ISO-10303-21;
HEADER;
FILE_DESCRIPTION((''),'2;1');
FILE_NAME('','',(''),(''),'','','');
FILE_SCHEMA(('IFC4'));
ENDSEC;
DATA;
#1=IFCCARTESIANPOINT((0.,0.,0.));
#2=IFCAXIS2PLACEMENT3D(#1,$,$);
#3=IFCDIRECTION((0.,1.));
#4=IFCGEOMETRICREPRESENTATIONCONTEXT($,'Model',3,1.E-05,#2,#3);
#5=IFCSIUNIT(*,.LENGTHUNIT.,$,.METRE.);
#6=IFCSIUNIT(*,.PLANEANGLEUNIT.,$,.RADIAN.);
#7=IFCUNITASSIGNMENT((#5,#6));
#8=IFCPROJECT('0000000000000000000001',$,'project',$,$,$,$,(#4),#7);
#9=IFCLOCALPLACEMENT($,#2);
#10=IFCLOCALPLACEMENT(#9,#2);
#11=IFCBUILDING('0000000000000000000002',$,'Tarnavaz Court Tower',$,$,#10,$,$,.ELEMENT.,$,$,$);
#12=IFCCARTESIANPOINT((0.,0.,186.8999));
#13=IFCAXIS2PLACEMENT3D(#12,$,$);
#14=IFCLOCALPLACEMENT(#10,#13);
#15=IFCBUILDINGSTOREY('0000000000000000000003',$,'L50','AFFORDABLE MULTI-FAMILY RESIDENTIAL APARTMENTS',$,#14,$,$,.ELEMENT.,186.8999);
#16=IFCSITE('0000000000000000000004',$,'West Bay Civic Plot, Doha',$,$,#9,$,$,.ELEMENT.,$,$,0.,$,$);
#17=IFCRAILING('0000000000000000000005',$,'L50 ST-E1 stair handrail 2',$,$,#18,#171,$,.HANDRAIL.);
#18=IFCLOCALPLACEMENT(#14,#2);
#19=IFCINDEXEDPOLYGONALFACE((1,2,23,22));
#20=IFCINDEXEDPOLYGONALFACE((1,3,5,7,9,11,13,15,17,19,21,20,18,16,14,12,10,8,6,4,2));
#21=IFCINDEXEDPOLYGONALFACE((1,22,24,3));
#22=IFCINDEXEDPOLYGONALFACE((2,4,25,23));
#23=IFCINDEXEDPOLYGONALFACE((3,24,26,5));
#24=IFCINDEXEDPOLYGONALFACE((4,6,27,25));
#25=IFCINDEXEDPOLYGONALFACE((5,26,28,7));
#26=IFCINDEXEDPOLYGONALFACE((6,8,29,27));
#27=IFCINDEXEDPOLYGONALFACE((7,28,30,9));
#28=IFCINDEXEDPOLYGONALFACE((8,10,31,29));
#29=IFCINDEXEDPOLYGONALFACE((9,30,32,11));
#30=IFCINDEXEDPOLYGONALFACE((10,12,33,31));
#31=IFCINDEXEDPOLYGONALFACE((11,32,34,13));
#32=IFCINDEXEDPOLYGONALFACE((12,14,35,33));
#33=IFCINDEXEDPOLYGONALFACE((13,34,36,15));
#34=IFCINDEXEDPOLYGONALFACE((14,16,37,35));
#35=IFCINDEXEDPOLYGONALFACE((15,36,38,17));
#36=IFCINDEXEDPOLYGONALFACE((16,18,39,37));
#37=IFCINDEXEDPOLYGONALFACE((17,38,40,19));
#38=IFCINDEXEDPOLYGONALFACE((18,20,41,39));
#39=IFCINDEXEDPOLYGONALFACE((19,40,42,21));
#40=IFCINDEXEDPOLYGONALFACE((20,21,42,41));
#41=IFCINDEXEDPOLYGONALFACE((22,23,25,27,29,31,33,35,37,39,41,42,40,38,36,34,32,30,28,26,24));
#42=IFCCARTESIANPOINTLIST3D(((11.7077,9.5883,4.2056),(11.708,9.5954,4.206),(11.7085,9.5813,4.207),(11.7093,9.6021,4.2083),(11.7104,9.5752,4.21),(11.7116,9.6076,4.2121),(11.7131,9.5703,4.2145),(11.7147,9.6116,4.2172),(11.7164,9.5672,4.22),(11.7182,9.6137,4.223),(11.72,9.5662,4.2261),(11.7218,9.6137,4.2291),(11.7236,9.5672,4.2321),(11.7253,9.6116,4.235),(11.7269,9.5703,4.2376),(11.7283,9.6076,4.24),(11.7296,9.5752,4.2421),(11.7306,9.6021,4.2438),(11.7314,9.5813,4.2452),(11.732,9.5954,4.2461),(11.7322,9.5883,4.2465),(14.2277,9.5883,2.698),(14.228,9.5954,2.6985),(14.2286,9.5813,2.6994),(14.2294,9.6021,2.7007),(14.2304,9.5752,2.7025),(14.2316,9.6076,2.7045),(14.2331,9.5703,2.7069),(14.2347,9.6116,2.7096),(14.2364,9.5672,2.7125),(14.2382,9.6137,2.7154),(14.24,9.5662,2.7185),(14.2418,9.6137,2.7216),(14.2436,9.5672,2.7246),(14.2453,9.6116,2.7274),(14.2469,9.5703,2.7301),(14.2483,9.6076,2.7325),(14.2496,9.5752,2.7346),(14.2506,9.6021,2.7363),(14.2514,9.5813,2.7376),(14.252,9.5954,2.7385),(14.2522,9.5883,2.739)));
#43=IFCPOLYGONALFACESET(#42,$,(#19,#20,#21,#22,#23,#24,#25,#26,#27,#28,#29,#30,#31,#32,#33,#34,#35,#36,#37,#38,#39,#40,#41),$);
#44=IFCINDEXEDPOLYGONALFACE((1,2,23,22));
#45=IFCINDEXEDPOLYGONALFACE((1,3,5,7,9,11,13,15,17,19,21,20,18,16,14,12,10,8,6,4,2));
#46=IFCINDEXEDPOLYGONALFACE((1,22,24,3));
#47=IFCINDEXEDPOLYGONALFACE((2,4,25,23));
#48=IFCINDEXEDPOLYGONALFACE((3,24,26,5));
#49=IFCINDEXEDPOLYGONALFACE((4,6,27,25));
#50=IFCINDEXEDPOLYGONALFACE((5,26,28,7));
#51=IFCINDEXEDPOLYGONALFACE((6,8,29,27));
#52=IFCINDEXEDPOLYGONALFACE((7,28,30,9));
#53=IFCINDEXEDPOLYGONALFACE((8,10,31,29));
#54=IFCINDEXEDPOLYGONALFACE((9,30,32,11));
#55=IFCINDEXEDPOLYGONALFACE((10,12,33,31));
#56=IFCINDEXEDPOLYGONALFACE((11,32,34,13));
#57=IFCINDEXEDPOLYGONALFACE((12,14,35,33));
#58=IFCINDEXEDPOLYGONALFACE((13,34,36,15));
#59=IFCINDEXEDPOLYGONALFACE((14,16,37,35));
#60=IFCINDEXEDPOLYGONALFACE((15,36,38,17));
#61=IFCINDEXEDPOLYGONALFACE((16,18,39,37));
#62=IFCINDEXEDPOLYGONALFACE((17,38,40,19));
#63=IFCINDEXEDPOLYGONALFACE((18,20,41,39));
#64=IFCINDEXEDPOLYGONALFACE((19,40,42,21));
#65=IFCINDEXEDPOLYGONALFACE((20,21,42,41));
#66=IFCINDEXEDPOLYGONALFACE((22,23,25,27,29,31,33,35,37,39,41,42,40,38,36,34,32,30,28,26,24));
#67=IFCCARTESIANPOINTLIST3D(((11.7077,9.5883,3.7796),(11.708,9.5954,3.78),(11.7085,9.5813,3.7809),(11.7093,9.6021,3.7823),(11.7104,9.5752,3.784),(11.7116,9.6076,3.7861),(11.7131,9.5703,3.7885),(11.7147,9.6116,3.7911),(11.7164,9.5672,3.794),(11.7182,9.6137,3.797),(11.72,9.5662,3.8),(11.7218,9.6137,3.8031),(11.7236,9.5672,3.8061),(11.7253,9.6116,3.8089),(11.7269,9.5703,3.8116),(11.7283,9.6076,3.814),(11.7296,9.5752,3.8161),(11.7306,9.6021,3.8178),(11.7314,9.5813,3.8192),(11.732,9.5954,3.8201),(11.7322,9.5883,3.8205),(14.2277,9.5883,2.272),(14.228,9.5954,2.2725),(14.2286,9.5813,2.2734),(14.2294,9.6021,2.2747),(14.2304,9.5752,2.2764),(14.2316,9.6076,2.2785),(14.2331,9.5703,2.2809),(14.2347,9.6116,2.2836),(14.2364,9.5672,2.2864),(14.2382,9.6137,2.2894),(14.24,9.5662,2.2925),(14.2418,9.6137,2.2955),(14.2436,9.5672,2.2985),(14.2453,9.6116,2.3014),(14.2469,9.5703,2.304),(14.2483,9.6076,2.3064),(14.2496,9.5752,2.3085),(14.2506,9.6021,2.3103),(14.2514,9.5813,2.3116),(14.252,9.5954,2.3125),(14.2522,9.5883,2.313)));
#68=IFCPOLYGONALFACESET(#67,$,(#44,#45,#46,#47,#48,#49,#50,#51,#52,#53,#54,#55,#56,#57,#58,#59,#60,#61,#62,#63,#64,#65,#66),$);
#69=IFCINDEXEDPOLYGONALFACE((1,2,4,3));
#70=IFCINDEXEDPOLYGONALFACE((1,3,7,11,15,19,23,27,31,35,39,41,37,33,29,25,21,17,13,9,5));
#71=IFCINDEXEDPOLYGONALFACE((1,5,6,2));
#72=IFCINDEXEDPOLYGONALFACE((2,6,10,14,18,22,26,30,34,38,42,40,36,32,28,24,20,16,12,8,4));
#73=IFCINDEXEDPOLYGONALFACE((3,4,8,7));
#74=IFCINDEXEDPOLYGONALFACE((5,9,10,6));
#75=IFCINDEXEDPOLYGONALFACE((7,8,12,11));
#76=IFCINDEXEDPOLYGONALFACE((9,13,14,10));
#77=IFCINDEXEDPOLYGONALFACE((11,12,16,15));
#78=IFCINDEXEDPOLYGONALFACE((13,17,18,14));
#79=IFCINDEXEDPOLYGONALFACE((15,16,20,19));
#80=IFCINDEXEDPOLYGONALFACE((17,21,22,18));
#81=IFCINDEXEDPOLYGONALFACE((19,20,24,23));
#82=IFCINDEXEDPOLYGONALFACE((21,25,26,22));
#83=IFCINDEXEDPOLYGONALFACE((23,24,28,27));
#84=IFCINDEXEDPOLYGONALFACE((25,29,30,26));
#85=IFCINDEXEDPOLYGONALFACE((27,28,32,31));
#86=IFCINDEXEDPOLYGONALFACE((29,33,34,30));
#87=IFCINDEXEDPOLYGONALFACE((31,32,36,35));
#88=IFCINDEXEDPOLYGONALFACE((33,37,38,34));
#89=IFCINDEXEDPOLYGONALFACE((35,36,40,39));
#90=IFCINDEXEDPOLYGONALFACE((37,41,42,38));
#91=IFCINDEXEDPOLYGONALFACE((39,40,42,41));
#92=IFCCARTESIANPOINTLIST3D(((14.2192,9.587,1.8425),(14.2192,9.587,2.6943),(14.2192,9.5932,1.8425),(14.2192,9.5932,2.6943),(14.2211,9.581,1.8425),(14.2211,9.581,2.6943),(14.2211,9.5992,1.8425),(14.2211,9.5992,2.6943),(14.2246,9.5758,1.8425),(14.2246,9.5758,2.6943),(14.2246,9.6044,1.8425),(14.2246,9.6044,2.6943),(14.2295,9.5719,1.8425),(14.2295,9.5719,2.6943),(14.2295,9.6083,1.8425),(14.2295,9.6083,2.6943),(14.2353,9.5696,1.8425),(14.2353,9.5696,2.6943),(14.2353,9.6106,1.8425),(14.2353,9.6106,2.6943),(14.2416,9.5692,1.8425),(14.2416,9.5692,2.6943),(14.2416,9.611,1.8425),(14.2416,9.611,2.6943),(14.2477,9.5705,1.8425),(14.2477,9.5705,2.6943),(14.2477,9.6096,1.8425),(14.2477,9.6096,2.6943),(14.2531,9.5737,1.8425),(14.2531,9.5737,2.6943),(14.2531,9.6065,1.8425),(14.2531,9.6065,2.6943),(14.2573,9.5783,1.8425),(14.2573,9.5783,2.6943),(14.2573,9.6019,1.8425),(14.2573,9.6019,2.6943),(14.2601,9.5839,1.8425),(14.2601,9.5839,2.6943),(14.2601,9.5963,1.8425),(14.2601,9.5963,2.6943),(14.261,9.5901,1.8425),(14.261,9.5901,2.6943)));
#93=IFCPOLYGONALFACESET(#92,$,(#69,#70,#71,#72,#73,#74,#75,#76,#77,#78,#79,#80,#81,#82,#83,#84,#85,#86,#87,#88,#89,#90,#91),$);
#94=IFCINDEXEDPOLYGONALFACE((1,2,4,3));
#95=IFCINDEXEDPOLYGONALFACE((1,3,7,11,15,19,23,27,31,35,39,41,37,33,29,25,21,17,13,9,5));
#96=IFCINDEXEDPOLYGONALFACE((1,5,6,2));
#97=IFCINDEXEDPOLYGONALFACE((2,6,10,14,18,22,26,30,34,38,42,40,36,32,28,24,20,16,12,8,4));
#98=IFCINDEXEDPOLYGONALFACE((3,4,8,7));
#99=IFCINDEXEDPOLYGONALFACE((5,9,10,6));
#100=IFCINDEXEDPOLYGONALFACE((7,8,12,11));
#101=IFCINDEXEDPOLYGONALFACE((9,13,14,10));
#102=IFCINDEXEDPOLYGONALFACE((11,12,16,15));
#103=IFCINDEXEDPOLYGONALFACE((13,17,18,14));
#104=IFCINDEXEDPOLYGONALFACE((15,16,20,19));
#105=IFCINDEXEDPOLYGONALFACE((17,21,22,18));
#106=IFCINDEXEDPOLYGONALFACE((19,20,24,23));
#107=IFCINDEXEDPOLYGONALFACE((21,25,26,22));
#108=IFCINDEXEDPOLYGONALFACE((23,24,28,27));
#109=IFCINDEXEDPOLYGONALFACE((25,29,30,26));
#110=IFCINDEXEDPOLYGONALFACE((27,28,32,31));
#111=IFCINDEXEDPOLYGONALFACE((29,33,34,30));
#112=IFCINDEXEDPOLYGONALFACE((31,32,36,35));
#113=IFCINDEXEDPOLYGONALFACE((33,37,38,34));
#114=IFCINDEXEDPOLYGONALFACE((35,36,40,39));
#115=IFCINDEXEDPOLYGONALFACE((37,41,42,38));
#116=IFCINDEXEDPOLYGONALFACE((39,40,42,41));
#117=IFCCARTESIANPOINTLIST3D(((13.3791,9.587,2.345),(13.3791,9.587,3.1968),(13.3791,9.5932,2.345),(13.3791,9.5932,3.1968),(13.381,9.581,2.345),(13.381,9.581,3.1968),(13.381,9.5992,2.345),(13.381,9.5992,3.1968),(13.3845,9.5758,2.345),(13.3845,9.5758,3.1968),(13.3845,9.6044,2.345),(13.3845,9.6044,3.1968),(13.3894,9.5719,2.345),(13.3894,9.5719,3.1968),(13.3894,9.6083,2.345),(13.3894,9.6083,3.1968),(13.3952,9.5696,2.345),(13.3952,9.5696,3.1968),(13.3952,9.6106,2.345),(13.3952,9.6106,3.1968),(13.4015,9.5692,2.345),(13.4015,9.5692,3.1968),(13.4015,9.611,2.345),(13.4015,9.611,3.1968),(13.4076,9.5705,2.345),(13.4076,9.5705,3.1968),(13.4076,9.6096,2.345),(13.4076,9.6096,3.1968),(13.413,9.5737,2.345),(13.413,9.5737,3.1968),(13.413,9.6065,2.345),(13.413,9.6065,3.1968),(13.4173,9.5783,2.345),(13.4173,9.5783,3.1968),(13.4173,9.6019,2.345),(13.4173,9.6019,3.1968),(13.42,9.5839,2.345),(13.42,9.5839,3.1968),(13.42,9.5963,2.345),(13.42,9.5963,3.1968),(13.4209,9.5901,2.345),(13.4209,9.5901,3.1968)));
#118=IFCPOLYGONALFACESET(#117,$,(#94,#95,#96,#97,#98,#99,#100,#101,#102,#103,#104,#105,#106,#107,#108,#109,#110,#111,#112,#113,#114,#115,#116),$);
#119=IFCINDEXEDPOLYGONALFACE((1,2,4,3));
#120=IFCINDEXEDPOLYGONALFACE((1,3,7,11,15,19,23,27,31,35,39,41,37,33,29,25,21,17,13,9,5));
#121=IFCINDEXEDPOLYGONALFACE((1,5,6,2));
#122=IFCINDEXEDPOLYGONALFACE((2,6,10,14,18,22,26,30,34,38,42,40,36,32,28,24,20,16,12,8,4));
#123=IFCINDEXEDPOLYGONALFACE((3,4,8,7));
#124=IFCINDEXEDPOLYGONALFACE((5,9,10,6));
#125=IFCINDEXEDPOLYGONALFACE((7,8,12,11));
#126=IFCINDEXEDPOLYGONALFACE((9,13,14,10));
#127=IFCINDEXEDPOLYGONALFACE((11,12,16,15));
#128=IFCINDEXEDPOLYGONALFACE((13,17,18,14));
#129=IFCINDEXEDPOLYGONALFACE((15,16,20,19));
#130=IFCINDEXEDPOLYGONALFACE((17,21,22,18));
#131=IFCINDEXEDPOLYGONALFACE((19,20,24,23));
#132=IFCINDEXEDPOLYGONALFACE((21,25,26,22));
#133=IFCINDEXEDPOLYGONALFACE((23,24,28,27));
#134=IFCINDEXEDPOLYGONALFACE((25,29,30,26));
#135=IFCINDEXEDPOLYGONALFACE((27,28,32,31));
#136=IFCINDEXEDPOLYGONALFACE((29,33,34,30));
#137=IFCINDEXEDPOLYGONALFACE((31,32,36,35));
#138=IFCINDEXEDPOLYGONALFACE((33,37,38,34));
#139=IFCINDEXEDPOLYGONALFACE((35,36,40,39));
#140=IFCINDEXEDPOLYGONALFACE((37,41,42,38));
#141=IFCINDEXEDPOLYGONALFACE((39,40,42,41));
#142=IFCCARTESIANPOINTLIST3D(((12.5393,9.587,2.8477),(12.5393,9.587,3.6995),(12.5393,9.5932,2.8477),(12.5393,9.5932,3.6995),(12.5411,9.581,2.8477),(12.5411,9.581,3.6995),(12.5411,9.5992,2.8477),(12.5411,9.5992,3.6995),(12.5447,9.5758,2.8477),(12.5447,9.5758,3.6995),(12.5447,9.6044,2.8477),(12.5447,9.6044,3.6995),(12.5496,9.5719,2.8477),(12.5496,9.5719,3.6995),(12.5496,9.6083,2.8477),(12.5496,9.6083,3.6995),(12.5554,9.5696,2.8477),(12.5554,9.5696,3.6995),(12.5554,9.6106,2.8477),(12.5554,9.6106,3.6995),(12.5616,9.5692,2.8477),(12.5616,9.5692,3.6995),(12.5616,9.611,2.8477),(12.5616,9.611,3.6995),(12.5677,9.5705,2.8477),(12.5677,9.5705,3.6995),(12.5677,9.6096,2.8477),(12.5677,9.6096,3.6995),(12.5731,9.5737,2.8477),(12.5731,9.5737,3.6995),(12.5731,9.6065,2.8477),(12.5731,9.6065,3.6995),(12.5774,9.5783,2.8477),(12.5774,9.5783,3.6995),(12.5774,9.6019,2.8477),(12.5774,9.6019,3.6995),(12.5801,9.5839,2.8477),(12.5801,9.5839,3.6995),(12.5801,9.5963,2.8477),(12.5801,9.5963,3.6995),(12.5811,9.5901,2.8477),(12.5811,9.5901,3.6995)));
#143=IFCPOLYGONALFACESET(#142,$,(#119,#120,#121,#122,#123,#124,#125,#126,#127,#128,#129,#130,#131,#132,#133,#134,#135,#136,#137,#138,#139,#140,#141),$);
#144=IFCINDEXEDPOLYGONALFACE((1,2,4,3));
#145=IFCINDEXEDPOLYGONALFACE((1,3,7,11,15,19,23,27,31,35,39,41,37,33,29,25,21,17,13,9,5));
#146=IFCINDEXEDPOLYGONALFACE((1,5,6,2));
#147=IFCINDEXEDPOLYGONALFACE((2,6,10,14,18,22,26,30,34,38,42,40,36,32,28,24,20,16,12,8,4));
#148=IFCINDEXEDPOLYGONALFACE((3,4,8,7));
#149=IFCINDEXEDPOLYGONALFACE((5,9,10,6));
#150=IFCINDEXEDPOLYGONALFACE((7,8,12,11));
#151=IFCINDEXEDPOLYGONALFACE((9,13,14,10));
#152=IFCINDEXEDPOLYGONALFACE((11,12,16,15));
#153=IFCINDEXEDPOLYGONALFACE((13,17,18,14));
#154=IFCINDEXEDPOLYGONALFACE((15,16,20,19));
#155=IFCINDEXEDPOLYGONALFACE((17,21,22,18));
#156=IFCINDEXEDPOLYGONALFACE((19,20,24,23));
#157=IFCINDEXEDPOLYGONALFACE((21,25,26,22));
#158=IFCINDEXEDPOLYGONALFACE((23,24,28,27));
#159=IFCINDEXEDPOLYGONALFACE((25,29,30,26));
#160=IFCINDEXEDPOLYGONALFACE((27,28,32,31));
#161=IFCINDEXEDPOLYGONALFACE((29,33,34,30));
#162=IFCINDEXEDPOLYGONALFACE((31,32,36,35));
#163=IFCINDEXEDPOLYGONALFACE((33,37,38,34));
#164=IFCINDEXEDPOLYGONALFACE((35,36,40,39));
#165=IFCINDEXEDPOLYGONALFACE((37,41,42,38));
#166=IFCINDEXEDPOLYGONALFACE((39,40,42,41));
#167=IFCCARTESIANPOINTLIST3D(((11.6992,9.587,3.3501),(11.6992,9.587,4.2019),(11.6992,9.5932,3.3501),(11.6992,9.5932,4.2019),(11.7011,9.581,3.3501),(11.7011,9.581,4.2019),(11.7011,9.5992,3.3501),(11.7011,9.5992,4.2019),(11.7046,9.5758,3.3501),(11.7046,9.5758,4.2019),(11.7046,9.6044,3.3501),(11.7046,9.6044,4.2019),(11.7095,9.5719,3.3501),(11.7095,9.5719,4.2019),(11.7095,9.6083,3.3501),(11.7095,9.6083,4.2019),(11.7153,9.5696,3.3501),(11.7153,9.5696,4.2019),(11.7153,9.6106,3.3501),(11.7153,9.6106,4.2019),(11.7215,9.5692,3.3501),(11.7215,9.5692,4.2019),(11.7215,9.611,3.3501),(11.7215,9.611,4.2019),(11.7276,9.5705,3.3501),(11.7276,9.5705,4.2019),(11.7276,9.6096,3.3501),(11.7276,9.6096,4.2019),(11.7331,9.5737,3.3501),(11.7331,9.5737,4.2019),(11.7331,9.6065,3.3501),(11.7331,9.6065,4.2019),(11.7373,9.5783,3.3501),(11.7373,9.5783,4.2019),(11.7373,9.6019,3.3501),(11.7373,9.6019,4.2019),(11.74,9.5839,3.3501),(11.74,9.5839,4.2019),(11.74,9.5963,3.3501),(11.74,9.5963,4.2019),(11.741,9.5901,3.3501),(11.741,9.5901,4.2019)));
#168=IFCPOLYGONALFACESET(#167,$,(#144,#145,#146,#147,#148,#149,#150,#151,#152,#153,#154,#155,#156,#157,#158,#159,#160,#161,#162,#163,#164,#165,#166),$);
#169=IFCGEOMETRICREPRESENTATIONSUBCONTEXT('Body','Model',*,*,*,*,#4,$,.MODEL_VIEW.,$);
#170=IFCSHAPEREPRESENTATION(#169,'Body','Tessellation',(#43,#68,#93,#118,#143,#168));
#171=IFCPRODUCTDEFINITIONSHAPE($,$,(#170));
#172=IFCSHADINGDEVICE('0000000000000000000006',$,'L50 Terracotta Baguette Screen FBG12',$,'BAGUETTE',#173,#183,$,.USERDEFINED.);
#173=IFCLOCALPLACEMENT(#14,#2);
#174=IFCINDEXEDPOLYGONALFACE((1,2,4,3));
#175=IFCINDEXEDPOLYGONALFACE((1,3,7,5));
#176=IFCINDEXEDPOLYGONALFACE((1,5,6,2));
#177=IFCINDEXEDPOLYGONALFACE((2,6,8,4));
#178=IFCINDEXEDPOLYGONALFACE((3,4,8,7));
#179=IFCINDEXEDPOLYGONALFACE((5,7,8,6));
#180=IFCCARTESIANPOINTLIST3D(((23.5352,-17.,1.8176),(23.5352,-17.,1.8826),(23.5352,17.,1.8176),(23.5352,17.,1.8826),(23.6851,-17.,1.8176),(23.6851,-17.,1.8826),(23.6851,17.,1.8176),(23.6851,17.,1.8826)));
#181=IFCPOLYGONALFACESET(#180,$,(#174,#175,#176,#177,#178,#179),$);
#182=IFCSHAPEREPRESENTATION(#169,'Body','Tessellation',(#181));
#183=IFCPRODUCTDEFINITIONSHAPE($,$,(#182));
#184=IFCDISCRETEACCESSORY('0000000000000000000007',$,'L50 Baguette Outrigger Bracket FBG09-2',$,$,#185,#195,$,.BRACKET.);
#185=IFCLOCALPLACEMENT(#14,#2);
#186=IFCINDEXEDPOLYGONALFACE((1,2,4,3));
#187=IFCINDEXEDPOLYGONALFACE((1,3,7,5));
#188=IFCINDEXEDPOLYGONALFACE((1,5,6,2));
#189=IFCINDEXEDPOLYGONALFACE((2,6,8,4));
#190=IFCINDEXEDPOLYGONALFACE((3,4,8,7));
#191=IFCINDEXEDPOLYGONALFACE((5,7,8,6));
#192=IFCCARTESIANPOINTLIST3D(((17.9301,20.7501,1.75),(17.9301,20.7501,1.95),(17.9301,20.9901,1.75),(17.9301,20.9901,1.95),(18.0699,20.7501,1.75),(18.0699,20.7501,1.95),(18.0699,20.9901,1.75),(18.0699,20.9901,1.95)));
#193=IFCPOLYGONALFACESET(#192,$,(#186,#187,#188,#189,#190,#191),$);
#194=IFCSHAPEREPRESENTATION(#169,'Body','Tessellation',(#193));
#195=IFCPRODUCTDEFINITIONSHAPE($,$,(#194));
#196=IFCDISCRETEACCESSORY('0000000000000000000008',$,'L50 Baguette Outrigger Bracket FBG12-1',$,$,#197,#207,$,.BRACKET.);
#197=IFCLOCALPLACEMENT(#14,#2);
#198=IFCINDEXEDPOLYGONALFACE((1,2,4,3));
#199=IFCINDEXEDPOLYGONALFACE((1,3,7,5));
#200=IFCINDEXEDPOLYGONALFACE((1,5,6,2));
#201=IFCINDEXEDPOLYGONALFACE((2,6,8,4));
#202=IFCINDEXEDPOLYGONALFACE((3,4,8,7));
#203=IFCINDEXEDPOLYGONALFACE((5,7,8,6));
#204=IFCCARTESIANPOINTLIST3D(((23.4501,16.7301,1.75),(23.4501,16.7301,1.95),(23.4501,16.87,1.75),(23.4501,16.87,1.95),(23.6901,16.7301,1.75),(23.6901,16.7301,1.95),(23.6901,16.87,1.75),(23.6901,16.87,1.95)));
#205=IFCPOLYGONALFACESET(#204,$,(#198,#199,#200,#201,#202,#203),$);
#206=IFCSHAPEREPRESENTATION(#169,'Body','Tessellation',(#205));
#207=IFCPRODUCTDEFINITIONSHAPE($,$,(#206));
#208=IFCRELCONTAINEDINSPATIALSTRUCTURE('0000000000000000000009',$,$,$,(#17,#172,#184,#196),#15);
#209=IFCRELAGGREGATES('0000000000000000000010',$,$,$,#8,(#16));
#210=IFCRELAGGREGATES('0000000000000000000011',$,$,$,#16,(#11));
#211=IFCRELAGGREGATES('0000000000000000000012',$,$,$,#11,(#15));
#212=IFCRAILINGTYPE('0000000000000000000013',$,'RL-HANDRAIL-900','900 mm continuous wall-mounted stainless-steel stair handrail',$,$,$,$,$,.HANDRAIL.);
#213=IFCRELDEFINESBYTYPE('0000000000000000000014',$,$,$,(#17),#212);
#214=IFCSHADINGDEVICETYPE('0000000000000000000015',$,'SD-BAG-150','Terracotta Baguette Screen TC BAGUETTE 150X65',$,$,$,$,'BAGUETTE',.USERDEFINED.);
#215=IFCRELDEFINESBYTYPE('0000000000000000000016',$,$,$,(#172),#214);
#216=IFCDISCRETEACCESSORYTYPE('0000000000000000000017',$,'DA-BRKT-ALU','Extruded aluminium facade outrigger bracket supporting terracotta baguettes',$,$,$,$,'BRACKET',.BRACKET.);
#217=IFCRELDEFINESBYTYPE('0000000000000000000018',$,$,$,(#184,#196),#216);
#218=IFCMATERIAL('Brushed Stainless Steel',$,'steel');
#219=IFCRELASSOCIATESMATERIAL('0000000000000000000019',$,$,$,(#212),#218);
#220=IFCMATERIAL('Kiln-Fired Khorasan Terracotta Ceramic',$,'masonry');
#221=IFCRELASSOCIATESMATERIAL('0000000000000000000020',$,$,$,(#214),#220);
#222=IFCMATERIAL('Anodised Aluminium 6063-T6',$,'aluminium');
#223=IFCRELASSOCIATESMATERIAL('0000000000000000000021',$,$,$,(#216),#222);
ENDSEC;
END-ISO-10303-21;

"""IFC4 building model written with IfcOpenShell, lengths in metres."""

from ifc_helpers import new_model, si_unit, direction, frame, origin, origin_2d, place, context, subcontext, project, spatial, rectangle, circle, extrude, material, material_profile, profile_set, type_object, element, save


model = new_model("IFC4")

# Units and contexts
model_context = context("Model", 3, precision=1e-05, world=origin(), true_north=direction((0.0, 1.0)))
body_context = subcontext(model_context, "Body", "Model", "MODEL_VIEW")
ifc_project = project(units=[si_unit("LENGTHUNIT", "METRE"), si_unit("PLANEANGLEUNIT", "RADIAN")], contexts=[model_context])

# Site, building, storey
site_placement = place(None, origin())
site = spatial("IfcSite", under=ifc_project, at=site_placement, Name="West Bay Civic Plot, Doha", CompositionType="ELEMENT", RefElevation=0.0)
building_placement = place(site_placement, origin())
building = spatial("IfcBuilding", under=site, at=building_placement, Name="Tarnavaz Court Tower", CompositionType="ELEMENT")
storey_placement = place(building_placement, frame((0.0, 0.0, 186.8999)))
storey = spatial("IfcBuildingStorey", under=building, at=storey_placement, Name="L50", Description="AFFORDABLE MULTI-FAMILY RESIDENTIAL APARTMENTS", CompositionType="ELEMENT", Elevation=186.8999)

# Railing
ifc_material_1 = material(Name="Brushed Stainless Steel", Category="steel")
railing_type_1 = type_object("IfcRailingType", Name="RL-HANDRAIL-900", Description="900 mm continuous wall-mounted stainless-steel stair handrail", PredefinedType="HANDRAIL", material=ifc_material_1)
railing_1_placement = place(storey_placement, frame((14.24, 9.5901, 1.8425)))
element("IfcRailing", 1, at=railing_1_placement, inside=storey, type_object=railing_type_1, Name="L50 ST-E1 stair handrail 2", PredefinedType="HANDRAIL", context=body_context, shape_type="SweptSolid", body=[
    extrude(circle(Radius=0.0239, at=origin_2d()), frame((0.0, 0.0, 0.876), z_axis=(-0.85816, 0.0, 0.513383), x_axis=(0.0, -1.0, 0.0)), (0.0, 0.0, 1.0), 2.9365),
    extrude(circle(Radius=0.0239, at=origin_2d()), frame((0.0, 0.0, 0.45), z_axis=(-0.85816, 0.0, 0.513383), x_axis=(0.0, -1.0, 0.0)), (0.0, 0.0, 1.0), 2.9365),
    extrude(circle(Radius=0.021, at=origin_2d()), origin(), (0.0, 0.0, 1.0), 0.8518),
    extrude(circle(Radius=0.021, at=origin_2d()), frame((-0.8401, 0.0, 0.5024)), (0.0, 0.0, 1.0), 0.8518),
    extrude(circle(Radius=0.021, at=origin_2d()), frame((-1.6799, 0.0, 1.0051)), (0.0, 0.0, 1.0), 0.8518),
    extrude(circle(Radius=0.021, at=origin_2d()), frame((-2.52, 0.0, 1.5076)), (0.0, 0.0, 1.0), 0.8518),
])

# Shading device
ifc_material_2 = material(Name="Kiln-Fired Khorasan Terracotta Ceramic", Category="masonry")
ifc_material_profile_1 = material_profile(ifc_material_2, rectangle(XDim=0.1499, YDim=0.0649, at=origin_2d()), Name="TC BAGUETTE 150X65")
ifc_profile_set_1 = profile_set([ifc_material_profile_1], Name="Kiln-Fired Khorasan Terracotta Ceramic")
shading_device_type = type_object("IfcShadingDeviceType", Name="SD-BAG-150", Description="Terracotta Baguette Screen TC BAGUETTE 150X65", ElementType="BAGUETTE", PredefinedType="USERDEFINED", material=ifc_profile_set_1)
shading_device_placement = place(storey_placement, frame((23.6101, 17.0, 1.8501), z_axis=(0.0, -1.0, 0.0), x_axis=(1.0, 0.0, 0.0)))
element("IfcShadingDevice", 2, at=shading_device_placement, inside=storey, type_object=shading_device_type, Name="L50 Terracotta Baguette Screen FBG12", ObjectType="BAGUETTE", PredefinedType="USERDEFINED", context=body_context, shape_type="SweptSolid", body=[
    extrude(rectangle(XDim=0.1499, YDim=0.0649, at=origin_2d()), origin(), (0.0, 0.0, 1.0), 34.0),
])

# Discrete accessories
ifc_material_3 = material(Name="Anodised Aluminium 6063-T6", Category="aluminium")
discrete_accessory_type_1 = type_object("IfcDiscreteAccessoryType", Name="DA-BRKT-ALU", Description="Extruded aluminium facade outrigger bracket supporting terracotta baguettes", ElementType="BRACKET", PredefinedType="BRACKET", material=ifc_material_3)
for number, where, z_axis, x_axis, name in (
    (3, (18.0, 20.8701, 1.75), (0.0, 0.0, 1.0), (1.0, 0.0, 0.0), "L50 Baguette Outrigger Bracket FBG09-2"),
    (4, (23.5701, 16.8, 1.75), (0.0, 0.0, 1.0), (0.0, -1.0, 0.0), "L50 Baguette Outrigger Bracket FBG12-1"),
):
    element("IfcDiscreteAccessory", number, at=place(storey_placement, frame(where, z_axis=z_axis, x_axis=x_axis)), inside=storey, type_object=discrete_accessory_type_1, Name=name, PredefinedType="BRACKET", context=body_context, shape_type="SweptSolid", body=[
        extrude(rectangle(XDim=0.1399, YDim=0.24, at=origin_2d()), origin(), (0.0, 0.0, 1.0), 0.2),
    ])

save(model, "model.ifc")
